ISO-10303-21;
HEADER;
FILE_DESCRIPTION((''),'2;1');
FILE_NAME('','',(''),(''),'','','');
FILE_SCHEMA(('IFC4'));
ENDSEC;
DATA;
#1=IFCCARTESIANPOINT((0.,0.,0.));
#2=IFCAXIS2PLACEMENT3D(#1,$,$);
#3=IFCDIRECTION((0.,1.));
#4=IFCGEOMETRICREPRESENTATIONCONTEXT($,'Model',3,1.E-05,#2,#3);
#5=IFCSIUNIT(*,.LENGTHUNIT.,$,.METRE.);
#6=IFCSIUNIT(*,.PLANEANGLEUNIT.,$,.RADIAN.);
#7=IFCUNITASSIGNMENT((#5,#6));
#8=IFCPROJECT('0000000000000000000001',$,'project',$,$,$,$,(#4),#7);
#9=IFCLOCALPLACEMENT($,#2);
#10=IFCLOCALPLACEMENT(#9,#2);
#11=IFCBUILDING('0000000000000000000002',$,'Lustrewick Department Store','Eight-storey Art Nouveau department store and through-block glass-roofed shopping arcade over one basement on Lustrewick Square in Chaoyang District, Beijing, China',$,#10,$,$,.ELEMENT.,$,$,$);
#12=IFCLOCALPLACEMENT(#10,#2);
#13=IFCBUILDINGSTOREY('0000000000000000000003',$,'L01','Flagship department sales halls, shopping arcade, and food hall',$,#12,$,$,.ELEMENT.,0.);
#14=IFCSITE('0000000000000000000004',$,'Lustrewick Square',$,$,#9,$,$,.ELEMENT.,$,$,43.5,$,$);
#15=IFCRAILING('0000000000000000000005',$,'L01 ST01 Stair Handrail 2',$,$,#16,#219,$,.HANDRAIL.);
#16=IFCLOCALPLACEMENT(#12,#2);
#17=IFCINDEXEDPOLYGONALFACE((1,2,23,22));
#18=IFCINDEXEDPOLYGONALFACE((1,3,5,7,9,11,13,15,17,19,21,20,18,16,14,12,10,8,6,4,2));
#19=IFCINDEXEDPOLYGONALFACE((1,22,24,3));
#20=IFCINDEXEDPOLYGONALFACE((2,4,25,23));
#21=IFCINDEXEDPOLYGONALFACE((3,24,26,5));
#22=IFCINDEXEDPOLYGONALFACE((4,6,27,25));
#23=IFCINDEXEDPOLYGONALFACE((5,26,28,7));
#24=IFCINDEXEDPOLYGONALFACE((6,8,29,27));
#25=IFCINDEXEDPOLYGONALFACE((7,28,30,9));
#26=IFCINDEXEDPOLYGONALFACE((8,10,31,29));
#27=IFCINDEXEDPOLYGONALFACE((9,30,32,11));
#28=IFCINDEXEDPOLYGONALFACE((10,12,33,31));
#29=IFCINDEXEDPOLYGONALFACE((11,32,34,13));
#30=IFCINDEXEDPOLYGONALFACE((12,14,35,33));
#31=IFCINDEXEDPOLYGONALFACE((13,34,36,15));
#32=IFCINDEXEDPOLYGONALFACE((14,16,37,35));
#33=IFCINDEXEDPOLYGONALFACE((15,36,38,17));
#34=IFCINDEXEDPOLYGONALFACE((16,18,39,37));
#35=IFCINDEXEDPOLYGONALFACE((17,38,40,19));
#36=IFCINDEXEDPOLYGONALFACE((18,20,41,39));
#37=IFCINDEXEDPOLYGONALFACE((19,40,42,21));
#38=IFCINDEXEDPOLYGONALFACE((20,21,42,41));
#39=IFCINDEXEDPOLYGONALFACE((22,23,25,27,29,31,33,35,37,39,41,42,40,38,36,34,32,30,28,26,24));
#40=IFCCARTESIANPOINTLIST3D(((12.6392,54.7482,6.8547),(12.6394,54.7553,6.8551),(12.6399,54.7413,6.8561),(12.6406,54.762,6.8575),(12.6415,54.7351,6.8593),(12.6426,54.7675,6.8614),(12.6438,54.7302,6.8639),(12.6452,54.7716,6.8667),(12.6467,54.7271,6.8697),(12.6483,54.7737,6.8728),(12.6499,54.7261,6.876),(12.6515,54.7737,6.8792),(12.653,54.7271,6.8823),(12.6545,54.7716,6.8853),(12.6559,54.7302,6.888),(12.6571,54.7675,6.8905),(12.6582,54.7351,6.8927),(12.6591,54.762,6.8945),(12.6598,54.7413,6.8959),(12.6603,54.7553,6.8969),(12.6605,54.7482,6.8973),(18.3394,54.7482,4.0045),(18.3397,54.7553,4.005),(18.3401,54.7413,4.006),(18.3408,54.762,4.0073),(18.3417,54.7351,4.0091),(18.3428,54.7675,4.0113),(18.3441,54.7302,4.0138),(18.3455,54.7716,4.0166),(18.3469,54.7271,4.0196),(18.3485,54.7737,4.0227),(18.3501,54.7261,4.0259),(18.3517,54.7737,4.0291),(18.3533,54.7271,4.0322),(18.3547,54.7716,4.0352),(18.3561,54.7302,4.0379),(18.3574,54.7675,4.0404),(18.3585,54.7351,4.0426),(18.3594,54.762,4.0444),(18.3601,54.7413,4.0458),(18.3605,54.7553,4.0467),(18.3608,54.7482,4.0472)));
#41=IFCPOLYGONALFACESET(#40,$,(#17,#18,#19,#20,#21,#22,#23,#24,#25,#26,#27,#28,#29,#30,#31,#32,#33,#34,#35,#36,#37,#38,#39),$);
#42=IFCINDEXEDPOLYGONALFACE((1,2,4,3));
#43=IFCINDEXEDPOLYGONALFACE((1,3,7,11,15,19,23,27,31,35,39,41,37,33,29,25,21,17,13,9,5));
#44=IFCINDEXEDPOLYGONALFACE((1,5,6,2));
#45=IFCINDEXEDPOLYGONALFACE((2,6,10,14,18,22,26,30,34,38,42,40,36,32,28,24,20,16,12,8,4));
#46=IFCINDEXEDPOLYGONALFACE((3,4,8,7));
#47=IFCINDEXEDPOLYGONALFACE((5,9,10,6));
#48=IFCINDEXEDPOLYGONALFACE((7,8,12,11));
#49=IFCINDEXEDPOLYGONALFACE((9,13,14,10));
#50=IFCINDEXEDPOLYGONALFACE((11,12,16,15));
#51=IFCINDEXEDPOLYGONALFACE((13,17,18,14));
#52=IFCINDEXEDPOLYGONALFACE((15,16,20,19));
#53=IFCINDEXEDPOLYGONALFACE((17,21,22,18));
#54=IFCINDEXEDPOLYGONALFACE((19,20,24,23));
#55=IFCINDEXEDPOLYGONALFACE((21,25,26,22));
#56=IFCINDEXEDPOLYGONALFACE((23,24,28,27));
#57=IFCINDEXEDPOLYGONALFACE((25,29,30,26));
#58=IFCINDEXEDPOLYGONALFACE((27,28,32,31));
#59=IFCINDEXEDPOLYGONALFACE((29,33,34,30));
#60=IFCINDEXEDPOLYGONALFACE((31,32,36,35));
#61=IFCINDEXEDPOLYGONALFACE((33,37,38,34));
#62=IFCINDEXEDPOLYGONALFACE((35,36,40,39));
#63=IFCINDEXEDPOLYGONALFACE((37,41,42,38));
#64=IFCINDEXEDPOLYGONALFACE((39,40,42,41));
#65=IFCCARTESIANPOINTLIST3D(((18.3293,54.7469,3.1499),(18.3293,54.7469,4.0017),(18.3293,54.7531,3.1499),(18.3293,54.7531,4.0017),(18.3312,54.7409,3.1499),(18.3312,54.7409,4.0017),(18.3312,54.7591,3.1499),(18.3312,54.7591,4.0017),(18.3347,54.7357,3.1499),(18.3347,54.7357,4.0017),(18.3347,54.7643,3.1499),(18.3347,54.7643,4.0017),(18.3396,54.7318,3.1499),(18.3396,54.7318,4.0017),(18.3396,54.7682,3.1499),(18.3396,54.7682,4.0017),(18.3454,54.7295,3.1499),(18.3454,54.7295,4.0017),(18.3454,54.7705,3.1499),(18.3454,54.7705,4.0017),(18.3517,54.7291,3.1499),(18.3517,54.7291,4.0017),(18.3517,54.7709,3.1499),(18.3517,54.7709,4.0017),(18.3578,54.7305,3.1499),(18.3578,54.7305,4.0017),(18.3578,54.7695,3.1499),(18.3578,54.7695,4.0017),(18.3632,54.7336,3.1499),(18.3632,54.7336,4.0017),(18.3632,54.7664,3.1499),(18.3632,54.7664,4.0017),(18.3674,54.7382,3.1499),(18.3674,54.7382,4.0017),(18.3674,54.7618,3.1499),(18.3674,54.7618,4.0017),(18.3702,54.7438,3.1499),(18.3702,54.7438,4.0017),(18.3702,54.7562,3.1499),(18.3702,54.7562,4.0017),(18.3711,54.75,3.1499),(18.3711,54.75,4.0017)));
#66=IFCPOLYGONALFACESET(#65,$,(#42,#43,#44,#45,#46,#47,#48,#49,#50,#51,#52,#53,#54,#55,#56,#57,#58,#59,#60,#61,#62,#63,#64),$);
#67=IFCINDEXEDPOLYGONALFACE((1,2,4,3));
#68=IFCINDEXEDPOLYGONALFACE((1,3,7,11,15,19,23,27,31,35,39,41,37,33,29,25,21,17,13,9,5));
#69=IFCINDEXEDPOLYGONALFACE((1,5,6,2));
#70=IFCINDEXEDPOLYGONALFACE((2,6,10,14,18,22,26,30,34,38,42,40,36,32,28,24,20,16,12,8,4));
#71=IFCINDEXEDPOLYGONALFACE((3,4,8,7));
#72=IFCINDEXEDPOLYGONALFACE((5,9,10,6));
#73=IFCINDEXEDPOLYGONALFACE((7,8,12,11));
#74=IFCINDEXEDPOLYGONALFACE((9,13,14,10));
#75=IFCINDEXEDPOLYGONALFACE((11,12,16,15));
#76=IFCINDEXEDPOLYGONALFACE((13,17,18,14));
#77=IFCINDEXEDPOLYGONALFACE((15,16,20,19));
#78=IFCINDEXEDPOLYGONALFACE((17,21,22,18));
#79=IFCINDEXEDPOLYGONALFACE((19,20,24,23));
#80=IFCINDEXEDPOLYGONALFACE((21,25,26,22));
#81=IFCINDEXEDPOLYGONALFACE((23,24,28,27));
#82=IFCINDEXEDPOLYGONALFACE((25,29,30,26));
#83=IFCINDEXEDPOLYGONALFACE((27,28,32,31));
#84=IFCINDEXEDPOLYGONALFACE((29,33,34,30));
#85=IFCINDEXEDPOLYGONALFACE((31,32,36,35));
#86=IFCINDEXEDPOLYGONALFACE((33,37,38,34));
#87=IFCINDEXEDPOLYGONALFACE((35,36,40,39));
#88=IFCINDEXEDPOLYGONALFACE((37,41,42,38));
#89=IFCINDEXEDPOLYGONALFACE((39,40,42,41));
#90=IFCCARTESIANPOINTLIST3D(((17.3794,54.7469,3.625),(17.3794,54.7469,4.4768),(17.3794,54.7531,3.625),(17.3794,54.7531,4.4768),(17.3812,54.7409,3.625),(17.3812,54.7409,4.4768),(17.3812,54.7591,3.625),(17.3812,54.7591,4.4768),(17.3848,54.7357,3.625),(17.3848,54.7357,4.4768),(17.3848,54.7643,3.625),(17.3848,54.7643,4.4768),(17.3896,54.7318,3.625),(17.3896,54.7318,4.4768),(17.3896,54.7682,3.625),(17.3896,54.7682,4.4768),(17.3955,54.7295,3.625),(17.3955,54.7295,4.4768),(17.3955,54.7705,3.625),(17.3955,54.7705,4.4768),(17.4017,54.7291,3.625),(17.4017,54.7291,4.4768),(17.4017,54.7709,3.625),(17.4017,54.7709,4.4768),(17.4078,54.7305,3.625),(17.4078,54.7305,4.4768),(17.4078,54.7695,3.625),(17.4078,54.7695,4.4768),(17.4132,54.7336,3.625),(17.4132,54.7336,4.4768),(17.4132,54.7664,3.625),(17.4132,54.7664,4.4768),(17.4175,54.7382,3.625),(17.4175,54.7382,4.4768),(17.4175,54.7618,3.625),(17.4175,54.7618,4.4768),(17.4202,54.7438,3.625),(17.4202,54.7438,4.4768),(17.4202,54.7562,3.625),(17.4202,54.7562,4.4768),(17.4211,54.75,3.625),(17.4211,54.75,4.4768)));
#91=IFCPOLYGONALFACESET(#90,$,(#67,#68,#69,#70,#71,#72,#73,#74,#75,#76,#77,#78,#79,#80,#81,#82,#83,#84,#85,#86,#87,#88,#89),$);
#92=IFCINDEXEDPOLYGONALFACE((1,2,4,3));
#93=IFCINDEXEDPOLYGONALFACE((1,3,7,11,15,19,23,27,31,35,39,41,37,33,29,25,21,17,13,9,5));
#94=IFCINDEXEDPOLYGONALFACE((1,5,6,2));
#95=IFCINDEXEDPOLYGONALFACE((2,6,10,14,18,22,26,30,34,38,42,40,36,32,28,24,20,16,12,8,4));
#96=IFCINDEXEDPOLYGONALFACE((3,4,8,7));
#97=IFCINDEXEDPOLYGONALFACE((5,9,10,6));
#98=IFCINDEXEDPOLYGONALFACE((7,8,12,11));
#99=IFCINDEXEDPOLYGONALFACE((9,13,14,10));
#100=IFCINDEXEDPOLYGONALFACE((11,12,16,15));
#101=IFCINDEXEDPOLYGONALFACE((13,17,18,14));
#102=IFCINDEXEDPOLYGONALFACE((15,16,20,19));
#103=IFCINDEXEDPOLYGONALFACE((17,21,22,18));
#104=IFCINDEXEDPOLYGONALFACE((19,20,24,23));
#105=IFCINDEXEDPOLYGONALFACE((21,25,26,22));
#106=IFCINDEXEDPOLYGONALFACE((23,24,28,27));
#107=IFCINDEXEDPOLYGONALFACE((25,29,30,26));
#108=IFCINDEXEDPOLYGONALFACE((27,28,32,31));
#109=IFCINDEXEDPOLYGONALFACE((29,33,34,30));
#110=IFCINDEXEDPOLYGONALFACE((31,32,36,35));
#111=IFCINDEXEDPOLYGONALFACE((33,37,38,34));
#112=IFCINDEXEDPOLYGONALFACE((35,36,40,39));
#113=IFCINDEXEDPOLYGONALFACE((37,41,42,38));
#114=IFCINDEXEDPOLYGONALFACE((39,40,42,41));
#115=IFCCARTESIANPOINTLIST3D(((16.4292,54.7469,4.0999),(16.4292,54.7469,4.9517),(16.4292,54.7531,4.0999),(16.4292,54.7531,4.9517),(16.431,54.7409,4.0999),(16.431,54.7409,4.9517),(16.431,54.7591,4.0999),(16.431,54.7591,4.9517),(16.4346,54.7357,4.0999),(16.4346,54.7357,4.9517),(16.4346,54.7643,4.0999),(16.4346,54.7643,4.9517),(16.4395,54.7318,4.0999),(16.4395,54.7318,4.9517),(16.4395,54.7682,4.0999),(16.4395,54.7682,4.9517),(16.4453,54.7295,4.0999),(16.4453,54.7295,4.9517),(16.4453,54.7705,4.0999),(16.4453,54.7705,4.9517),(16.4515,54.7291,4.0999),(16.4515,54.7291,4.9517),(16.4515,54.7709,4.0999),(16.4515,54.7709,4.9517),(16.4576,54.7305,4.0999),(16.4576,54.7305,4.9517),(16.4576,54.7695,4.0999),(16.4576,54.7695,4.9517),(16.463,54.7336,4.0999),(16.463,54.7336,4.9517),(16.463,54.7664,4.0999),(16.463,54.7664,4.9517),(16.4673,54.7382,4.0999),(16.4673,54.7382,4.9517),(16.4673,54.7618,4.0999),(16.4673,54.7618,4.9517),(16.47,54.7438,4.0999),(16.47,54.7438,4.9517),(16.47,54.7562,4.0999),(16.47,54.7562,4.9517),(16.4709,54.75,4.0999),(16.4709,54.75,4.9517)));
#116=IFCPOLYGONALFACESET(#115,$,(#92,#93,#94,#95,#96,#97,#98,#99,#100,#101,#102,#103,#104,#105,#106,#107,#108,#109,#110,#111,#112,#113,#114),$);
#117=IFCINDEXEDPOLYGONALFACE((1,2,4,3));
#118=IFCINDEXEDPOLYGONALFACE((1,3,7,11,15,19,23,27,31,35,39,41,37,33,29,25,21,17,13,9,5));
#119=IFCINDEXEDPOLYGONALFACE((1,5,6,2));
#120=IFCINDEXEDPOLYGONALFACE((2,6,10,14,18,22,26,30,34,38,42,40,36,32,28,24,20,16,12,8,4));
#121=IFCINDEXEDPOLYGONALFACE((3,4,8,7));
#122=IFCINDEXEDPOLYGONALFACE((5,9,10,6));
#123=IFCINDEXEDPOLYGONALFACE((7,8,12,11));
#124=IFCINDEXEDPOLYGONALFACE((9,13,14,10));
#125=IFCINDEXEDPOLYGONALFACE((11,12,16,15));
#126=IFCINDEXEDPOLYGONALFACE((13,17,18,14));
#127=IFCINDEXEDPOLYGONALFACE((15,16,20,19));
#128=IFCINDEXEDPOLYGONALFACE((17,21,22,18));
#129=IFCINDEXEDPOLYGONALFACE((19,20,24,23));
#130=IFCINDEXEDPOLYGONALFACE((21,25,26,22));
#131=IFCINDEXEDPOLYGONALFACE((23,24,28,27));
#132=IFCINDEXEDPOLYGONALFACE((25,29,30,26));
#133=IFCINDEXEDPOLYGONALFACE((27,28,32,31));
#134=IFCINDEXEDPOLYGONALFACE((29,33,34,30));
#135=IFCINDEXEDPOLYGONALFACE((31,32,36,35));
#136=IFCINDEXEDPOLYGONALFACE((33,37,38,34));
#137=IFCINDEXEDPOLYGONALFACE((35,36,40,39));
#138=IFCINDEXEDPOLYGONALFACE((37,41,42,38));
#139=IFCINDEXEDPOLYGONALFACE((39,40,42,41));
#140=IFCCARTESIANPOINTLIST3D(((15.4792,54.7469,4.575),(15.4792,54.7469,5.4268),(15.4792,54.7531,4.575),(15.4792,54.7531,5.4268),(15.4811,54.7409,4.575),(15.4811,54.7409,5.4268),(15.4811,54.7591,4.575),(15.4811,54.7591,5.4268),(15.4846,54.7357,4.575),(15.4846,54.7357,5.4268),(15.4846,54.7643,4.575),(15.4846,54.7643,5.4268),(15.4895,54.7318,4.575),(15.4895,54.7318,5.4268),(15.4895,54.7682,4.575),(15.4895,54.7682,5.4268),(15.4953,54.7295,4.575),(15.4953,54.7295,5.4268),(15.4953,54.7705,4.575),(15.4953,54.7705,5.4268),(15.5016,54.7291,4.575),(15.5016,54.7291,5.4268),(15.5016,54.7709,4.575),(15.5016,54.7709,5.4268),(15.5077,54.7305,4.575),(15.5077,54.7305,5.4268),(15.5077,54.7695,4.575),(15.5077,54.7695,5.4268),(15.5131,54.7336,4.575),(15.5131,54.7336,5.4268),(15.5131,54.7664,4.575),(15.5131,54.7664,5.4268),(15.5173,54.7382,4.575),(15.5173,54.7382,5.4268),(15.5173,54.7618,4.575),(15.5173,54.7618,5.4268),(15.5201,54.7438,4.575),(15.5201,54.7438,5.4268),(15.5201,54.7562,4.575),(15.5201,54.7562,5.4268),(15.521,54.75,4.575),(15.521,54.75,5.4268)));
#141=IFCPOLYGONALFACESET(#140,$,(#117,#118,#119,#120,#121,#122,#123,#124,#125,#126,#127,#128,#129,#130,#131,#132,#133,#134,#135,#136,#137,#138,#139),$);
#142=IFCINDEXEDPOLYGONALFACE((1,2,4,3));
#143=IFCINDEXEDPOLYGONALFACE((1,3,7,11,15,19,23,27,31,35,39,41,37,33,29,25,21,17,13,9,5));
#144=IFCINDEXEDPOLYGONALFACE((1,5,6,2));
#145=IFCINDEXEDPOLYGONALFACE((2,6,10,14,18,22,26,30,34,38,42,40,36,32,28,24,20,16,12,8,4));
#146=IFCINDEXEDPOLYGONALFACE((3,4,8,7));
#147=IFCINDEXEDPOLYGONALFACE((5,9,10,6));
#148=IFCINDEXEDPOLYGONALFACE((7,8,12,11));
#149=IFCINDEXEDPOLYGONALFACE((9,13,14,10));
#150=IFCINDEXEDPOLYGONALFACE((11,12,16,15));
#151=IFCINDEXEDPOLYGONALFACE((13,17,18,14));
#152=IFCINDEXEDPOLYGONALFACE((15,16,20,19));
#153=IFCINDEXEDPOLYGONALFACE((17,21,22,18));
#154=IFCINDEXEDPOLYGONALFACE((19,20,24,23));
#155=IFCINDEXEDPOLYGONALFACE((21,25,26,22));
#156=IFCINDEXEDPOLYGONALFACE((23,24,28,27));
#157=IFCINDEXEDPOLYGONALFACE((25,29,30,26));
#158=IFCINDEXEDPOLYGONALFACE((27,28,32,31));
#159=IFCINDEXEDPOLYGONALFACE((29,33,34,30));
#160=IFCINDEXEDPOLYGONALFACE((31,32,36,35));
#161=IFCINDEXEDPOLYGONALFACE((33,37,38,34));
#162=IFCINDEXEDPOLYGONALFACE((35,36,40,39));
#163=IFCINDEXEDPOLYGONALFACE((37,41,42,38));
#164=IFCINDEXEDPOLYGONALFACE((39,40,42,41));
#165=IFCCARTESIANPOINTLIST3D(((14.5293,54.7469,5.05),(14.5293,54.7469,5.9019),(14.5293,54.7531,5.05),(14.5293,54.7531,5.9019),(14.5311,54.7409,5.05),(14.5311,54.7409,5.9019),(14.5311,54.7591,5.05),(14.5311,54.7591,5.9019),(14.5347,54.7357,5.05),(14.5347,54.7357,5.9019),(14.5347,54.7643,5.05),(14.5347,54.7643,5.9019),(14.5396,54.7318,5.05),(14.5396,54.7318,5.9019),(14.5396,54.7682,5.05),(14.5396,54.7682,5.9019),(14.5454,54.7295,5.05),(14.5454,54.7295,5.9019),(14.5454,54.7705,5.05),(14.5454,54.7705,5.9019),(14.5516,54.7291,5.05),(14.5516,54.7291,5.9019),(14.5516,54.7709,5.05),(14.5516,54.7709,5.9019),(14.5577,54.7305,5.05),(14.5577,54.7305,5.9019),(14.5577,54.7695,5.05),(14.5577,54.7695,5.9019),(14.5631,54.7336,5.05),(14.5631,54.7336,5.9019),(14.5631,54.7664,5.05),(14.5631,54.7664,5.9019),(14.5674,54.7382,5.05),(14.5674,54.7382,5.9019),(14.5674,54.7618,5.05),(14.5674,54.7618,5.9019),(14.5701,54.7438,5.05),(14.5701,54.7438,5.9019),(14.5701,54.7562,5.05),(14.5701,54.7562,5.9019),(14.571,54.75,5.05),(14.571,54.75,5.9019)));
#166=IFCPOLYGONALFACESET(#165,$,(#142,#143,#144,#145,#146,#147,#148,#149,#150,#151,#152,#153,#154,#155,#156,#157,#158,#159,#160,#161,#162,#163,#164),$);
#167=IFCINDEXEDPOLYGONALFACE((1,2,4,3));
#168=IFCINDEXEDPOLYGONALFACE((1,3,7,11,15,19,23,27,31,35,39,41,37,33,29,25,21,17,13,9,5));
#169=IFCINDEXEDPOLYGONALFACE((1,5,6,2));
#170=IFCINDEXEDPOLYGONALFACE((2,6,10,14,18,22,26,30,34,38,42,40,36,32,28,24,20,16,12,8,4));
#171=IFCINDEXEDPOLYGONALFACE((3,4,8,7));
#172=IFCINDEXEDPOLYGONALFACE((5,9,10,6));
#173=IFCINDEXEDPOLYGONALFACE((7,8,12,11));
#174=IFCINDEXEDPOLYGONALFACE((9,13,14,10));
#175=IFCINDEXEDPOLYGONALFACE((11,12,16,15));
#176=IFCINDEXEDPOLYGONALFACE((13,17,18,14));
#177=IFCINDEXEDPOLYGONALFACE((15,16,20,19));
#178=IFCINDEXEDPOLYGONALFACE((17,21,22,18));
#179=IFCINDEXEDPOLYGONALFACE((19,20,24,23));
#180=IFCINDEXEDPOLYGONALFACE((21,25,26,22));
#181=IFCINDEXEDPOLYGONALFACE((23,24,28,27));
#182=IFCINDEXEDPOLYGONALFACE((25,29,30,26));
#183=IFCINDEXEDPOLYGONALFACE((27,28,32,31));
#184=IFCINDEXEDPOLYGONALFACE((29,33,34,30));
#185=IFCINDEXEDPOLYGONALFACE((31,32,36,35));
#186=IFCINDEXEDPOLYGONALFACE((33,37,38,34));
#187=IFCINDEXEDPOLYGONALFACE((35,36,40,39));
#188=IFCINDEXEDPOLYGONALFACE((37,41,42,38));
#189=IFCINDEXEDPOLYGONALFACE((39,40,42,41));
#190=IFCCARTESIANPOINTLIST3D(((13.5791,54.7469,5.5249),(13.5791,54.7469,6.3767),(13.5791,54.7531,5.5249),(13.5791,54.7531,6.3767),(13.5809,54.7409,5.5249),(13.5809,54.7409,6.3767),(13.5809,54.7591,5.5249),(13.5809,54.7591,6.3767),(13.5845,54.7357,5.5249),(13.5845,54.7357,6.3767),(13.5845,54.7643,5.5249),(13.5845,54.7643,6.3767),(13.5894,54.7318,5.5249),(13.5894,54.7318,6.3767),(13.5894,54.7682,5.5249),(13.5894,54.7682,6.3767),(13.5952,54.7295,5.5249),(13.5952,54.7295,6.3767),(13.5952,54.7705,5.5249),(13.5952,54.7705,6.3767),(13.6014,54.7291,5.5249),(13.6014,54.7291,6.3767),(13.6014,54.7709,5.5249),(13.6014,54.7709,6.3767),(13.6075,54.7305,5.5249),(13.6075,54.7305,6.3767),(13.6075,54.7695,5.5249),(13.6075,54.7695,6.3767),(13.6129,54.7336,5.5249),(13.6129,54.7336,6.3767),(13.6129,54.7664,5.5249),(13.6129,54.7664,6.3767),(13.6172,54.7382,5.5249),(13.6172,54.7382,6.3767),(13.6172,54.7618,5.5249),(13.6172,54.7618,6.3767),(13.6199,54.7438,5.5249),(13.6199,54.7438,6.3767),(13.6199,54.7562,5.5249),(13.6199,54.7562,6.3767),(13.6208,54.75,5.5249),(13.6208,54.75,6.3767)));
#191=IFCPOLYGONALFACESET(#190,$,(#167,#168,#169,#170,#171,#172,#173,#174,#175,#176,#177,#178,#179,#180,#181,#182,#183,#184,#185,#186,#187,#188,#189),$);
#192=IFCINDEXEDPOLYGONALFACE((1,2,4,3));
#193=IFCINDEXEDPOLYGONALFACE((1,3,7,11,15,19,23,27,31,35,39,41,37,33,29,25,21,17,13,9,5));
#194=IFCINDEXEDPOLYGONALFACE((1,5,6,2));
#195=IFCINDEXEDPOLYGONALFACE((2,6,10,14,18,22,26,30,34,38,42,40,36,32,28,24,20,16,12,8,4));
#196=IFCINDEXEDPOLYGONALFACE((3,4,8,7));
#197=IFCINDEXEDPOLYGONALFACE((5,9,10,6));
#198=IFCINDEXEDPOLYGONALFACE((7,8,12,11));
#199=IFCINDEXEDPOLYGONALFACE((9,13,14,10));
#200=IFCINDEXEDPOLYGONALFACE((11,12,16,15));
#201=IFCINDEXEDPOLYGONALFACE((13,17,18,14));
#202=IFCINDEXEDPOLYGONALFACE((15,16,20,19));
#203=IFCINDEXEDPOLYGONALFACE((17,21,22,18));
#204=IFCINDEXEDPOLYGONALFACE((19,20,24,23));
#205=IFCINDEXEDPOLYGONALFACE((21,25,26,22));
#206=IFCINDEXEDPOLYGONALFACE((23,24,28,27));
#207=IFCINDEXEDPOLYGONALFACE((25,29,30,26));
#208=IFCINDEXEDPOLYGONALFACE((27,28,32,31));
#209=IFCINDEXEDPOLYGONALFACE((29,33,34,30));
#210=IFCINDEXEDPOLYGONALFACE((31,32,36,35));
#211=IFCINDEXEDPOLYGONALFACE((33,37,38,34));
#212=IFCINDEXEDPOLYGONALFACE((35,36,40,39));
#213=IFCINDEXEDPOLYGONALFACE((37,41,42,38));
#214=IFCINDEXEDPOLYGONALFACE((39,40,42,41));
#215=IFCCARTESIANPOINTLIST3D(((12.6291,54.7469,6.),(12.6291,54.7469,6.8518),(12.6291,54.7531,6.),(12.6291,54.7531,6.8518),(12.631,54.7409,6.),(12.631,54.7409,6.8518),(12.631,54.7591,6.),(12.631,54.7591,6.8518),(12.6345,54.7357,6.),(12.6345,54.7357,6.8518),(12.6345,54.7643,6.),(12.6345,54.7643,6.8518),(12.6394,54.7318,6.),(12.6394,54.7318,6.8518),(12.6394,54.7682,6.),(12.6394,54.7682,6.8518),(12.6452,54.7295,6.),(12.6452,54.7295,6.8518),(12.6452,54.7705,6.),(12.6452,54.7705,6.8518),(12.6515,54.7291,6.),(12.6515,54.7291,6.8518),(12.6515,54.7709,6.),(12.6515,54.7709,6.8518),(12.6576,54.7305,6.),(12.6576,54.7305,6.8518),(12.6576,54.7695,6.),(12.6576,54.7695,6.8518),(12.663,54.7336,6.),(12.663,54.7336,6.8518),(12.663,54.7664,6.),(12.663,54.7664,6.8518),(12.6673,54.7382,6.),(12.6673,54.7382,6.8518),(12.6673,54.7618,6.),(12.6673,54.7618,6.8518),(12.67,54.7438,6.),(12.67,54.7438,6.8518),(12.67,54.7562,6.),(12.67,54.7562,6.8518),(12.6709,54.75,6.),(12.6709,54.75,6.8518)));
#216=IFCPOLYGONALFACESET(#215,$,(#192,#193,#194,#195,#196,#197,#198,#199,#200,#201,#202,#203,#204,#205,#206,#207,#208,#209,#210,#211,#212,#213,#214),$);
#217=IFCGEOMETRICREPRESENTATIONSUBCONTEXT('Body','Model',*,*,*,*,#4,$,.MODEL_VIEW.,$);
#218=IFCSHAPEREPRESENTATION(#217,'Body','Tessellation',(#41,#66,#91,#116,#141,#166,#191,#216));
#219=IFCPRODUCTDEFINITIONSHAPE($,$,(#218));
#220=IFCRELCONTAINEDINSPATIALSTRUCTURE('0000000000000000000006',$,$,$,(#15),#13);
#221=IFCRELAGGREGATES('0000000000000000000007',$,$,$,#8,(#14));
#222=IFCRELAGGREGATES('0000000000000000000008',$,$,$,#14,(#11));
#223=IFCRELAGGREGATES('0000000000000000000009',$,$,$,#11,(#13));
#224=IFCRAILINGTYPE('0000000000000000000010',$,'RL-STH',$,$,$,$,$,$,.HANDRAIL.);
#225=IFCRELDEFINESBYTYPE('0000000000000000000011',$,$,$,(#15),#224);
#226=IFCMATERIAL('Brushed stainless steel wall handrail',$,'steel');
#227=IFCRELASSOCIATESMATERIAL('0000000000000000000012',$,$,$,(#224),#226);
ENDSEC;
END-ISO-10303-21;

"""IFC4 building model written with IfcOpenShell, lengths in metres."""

from ifc_helpers import new_model, si_unit, direction, frame, origin, origin_2d, place, context, subcontext, project, spatial, circle, extrude, material, type_object, element, save


model = new_model("IFC4")

# Units and contexts
model_context = context("Model", 3, precision=1e-05, world=origin(), true_north=direction((0.0, 1.0)))
body_context = subcontext(model_context, "Body", "Model", "MODEL_VIEW")
ifc_project = project(units=[si_unit("LENGTHUNIT", "METRE"), si_unit("PLANEANGLEUNIT", "RADIAN")], contexts=[model_context])

# Site, building, storey
site_placement = place(None, origin())
site = spatial("IfcSite", under=ifc_project, at=site_placement, Name="Lustrewick Square", CompositionType="ELEMENT", RefElevation=43.5)
building_placement = place(site_placement, origin())
building = spatial("IfcBuilding", under=site, at=building_placement, Name="Lustrewick Department Store", Description="Eight-storey Art Nouveau department store and through-block glass-roofed shopping arcade over one basement on Lustrewick Square in Chaoyang District, Beijing, China", CompositionType="ELEMENT")
storey_placement = place(building_placement, origin())
storey = spatial("IfcBuildingStorey", under=building, at=storey_placement, Name="L01", Description="Flagship department sales halls, shopping arcade, and food hall", CompositionType="ELEMENT", Elevation=0.0)

# Railing
ifc_material_1 = material(Name="Brushed stainless steel wall handrail", Category="steel")
railing_type_1 = type_object("IfcRailingType", Name="RL-STH", PredefinedType="HANDRAIL", material=ifc_material_1)
railing_1_placement = place(storey_placement, frame((18.3501, 54.75, 3.1499)))
element("IfcRailing", 1, at=railing_1_placement, inside=storey, type_object=railing_type_1, Name="L01 ST01 Stair Handrail 2", PredefinedType="HANDRAIL", context=body_context, shape_type="SweptSolid", body=[
    extrude(circle(Radius=0.0239, at=origin_2d()), frame((0.0, 0.0, 0.876), z_axis=(-0.894427, 0.0, 0.447214), x_axis=(0.0, -1.0, 0.0)), (0.0, 0.0, 1.0), 6.373),
    extrude(circle(Radius=0.021, at=origin_2d()), origin(), (0.0, 0.0, 1.0), 0.8518),
    extrude(circle(Radius=0.021, at=origin_2d()), frame((-0.95, 0.0, 0.4751)), (0.0, 0.0, 1.0), 0.8518),
    extrude(circle(Radius=0.021, at=origin_2d()), frame((-1.9001, 0.0, 0.95)), (0.0, 0.0, 1.0), 0.8518),
    extrude(circle(Radius=0.021, at=origin_2d()), frame((-2.8501, 0.0, 1.425)), (0.0, 0.0, 1.0), 0.8518),
    extrude(circle(Radius=0.021, at=origin_2d()), frame((-3.8, 0.0, 1.9001)), (0.0, 0.0, 1.0), 0.8518),
    extrude(circle(Radius=0.021, at=origin_2d()), frame((-4.7502, 0.0, 2.375)), (0.0, 0.0, 1.0), 0.8518),
    extrude(circle(Radius=0.021, at=origin_2d()), frame((-5.7002, 0.0, 2.8501)), (0.0, 0.0, 1.0), 0.8518),
])

save(model, "model.ifc")
